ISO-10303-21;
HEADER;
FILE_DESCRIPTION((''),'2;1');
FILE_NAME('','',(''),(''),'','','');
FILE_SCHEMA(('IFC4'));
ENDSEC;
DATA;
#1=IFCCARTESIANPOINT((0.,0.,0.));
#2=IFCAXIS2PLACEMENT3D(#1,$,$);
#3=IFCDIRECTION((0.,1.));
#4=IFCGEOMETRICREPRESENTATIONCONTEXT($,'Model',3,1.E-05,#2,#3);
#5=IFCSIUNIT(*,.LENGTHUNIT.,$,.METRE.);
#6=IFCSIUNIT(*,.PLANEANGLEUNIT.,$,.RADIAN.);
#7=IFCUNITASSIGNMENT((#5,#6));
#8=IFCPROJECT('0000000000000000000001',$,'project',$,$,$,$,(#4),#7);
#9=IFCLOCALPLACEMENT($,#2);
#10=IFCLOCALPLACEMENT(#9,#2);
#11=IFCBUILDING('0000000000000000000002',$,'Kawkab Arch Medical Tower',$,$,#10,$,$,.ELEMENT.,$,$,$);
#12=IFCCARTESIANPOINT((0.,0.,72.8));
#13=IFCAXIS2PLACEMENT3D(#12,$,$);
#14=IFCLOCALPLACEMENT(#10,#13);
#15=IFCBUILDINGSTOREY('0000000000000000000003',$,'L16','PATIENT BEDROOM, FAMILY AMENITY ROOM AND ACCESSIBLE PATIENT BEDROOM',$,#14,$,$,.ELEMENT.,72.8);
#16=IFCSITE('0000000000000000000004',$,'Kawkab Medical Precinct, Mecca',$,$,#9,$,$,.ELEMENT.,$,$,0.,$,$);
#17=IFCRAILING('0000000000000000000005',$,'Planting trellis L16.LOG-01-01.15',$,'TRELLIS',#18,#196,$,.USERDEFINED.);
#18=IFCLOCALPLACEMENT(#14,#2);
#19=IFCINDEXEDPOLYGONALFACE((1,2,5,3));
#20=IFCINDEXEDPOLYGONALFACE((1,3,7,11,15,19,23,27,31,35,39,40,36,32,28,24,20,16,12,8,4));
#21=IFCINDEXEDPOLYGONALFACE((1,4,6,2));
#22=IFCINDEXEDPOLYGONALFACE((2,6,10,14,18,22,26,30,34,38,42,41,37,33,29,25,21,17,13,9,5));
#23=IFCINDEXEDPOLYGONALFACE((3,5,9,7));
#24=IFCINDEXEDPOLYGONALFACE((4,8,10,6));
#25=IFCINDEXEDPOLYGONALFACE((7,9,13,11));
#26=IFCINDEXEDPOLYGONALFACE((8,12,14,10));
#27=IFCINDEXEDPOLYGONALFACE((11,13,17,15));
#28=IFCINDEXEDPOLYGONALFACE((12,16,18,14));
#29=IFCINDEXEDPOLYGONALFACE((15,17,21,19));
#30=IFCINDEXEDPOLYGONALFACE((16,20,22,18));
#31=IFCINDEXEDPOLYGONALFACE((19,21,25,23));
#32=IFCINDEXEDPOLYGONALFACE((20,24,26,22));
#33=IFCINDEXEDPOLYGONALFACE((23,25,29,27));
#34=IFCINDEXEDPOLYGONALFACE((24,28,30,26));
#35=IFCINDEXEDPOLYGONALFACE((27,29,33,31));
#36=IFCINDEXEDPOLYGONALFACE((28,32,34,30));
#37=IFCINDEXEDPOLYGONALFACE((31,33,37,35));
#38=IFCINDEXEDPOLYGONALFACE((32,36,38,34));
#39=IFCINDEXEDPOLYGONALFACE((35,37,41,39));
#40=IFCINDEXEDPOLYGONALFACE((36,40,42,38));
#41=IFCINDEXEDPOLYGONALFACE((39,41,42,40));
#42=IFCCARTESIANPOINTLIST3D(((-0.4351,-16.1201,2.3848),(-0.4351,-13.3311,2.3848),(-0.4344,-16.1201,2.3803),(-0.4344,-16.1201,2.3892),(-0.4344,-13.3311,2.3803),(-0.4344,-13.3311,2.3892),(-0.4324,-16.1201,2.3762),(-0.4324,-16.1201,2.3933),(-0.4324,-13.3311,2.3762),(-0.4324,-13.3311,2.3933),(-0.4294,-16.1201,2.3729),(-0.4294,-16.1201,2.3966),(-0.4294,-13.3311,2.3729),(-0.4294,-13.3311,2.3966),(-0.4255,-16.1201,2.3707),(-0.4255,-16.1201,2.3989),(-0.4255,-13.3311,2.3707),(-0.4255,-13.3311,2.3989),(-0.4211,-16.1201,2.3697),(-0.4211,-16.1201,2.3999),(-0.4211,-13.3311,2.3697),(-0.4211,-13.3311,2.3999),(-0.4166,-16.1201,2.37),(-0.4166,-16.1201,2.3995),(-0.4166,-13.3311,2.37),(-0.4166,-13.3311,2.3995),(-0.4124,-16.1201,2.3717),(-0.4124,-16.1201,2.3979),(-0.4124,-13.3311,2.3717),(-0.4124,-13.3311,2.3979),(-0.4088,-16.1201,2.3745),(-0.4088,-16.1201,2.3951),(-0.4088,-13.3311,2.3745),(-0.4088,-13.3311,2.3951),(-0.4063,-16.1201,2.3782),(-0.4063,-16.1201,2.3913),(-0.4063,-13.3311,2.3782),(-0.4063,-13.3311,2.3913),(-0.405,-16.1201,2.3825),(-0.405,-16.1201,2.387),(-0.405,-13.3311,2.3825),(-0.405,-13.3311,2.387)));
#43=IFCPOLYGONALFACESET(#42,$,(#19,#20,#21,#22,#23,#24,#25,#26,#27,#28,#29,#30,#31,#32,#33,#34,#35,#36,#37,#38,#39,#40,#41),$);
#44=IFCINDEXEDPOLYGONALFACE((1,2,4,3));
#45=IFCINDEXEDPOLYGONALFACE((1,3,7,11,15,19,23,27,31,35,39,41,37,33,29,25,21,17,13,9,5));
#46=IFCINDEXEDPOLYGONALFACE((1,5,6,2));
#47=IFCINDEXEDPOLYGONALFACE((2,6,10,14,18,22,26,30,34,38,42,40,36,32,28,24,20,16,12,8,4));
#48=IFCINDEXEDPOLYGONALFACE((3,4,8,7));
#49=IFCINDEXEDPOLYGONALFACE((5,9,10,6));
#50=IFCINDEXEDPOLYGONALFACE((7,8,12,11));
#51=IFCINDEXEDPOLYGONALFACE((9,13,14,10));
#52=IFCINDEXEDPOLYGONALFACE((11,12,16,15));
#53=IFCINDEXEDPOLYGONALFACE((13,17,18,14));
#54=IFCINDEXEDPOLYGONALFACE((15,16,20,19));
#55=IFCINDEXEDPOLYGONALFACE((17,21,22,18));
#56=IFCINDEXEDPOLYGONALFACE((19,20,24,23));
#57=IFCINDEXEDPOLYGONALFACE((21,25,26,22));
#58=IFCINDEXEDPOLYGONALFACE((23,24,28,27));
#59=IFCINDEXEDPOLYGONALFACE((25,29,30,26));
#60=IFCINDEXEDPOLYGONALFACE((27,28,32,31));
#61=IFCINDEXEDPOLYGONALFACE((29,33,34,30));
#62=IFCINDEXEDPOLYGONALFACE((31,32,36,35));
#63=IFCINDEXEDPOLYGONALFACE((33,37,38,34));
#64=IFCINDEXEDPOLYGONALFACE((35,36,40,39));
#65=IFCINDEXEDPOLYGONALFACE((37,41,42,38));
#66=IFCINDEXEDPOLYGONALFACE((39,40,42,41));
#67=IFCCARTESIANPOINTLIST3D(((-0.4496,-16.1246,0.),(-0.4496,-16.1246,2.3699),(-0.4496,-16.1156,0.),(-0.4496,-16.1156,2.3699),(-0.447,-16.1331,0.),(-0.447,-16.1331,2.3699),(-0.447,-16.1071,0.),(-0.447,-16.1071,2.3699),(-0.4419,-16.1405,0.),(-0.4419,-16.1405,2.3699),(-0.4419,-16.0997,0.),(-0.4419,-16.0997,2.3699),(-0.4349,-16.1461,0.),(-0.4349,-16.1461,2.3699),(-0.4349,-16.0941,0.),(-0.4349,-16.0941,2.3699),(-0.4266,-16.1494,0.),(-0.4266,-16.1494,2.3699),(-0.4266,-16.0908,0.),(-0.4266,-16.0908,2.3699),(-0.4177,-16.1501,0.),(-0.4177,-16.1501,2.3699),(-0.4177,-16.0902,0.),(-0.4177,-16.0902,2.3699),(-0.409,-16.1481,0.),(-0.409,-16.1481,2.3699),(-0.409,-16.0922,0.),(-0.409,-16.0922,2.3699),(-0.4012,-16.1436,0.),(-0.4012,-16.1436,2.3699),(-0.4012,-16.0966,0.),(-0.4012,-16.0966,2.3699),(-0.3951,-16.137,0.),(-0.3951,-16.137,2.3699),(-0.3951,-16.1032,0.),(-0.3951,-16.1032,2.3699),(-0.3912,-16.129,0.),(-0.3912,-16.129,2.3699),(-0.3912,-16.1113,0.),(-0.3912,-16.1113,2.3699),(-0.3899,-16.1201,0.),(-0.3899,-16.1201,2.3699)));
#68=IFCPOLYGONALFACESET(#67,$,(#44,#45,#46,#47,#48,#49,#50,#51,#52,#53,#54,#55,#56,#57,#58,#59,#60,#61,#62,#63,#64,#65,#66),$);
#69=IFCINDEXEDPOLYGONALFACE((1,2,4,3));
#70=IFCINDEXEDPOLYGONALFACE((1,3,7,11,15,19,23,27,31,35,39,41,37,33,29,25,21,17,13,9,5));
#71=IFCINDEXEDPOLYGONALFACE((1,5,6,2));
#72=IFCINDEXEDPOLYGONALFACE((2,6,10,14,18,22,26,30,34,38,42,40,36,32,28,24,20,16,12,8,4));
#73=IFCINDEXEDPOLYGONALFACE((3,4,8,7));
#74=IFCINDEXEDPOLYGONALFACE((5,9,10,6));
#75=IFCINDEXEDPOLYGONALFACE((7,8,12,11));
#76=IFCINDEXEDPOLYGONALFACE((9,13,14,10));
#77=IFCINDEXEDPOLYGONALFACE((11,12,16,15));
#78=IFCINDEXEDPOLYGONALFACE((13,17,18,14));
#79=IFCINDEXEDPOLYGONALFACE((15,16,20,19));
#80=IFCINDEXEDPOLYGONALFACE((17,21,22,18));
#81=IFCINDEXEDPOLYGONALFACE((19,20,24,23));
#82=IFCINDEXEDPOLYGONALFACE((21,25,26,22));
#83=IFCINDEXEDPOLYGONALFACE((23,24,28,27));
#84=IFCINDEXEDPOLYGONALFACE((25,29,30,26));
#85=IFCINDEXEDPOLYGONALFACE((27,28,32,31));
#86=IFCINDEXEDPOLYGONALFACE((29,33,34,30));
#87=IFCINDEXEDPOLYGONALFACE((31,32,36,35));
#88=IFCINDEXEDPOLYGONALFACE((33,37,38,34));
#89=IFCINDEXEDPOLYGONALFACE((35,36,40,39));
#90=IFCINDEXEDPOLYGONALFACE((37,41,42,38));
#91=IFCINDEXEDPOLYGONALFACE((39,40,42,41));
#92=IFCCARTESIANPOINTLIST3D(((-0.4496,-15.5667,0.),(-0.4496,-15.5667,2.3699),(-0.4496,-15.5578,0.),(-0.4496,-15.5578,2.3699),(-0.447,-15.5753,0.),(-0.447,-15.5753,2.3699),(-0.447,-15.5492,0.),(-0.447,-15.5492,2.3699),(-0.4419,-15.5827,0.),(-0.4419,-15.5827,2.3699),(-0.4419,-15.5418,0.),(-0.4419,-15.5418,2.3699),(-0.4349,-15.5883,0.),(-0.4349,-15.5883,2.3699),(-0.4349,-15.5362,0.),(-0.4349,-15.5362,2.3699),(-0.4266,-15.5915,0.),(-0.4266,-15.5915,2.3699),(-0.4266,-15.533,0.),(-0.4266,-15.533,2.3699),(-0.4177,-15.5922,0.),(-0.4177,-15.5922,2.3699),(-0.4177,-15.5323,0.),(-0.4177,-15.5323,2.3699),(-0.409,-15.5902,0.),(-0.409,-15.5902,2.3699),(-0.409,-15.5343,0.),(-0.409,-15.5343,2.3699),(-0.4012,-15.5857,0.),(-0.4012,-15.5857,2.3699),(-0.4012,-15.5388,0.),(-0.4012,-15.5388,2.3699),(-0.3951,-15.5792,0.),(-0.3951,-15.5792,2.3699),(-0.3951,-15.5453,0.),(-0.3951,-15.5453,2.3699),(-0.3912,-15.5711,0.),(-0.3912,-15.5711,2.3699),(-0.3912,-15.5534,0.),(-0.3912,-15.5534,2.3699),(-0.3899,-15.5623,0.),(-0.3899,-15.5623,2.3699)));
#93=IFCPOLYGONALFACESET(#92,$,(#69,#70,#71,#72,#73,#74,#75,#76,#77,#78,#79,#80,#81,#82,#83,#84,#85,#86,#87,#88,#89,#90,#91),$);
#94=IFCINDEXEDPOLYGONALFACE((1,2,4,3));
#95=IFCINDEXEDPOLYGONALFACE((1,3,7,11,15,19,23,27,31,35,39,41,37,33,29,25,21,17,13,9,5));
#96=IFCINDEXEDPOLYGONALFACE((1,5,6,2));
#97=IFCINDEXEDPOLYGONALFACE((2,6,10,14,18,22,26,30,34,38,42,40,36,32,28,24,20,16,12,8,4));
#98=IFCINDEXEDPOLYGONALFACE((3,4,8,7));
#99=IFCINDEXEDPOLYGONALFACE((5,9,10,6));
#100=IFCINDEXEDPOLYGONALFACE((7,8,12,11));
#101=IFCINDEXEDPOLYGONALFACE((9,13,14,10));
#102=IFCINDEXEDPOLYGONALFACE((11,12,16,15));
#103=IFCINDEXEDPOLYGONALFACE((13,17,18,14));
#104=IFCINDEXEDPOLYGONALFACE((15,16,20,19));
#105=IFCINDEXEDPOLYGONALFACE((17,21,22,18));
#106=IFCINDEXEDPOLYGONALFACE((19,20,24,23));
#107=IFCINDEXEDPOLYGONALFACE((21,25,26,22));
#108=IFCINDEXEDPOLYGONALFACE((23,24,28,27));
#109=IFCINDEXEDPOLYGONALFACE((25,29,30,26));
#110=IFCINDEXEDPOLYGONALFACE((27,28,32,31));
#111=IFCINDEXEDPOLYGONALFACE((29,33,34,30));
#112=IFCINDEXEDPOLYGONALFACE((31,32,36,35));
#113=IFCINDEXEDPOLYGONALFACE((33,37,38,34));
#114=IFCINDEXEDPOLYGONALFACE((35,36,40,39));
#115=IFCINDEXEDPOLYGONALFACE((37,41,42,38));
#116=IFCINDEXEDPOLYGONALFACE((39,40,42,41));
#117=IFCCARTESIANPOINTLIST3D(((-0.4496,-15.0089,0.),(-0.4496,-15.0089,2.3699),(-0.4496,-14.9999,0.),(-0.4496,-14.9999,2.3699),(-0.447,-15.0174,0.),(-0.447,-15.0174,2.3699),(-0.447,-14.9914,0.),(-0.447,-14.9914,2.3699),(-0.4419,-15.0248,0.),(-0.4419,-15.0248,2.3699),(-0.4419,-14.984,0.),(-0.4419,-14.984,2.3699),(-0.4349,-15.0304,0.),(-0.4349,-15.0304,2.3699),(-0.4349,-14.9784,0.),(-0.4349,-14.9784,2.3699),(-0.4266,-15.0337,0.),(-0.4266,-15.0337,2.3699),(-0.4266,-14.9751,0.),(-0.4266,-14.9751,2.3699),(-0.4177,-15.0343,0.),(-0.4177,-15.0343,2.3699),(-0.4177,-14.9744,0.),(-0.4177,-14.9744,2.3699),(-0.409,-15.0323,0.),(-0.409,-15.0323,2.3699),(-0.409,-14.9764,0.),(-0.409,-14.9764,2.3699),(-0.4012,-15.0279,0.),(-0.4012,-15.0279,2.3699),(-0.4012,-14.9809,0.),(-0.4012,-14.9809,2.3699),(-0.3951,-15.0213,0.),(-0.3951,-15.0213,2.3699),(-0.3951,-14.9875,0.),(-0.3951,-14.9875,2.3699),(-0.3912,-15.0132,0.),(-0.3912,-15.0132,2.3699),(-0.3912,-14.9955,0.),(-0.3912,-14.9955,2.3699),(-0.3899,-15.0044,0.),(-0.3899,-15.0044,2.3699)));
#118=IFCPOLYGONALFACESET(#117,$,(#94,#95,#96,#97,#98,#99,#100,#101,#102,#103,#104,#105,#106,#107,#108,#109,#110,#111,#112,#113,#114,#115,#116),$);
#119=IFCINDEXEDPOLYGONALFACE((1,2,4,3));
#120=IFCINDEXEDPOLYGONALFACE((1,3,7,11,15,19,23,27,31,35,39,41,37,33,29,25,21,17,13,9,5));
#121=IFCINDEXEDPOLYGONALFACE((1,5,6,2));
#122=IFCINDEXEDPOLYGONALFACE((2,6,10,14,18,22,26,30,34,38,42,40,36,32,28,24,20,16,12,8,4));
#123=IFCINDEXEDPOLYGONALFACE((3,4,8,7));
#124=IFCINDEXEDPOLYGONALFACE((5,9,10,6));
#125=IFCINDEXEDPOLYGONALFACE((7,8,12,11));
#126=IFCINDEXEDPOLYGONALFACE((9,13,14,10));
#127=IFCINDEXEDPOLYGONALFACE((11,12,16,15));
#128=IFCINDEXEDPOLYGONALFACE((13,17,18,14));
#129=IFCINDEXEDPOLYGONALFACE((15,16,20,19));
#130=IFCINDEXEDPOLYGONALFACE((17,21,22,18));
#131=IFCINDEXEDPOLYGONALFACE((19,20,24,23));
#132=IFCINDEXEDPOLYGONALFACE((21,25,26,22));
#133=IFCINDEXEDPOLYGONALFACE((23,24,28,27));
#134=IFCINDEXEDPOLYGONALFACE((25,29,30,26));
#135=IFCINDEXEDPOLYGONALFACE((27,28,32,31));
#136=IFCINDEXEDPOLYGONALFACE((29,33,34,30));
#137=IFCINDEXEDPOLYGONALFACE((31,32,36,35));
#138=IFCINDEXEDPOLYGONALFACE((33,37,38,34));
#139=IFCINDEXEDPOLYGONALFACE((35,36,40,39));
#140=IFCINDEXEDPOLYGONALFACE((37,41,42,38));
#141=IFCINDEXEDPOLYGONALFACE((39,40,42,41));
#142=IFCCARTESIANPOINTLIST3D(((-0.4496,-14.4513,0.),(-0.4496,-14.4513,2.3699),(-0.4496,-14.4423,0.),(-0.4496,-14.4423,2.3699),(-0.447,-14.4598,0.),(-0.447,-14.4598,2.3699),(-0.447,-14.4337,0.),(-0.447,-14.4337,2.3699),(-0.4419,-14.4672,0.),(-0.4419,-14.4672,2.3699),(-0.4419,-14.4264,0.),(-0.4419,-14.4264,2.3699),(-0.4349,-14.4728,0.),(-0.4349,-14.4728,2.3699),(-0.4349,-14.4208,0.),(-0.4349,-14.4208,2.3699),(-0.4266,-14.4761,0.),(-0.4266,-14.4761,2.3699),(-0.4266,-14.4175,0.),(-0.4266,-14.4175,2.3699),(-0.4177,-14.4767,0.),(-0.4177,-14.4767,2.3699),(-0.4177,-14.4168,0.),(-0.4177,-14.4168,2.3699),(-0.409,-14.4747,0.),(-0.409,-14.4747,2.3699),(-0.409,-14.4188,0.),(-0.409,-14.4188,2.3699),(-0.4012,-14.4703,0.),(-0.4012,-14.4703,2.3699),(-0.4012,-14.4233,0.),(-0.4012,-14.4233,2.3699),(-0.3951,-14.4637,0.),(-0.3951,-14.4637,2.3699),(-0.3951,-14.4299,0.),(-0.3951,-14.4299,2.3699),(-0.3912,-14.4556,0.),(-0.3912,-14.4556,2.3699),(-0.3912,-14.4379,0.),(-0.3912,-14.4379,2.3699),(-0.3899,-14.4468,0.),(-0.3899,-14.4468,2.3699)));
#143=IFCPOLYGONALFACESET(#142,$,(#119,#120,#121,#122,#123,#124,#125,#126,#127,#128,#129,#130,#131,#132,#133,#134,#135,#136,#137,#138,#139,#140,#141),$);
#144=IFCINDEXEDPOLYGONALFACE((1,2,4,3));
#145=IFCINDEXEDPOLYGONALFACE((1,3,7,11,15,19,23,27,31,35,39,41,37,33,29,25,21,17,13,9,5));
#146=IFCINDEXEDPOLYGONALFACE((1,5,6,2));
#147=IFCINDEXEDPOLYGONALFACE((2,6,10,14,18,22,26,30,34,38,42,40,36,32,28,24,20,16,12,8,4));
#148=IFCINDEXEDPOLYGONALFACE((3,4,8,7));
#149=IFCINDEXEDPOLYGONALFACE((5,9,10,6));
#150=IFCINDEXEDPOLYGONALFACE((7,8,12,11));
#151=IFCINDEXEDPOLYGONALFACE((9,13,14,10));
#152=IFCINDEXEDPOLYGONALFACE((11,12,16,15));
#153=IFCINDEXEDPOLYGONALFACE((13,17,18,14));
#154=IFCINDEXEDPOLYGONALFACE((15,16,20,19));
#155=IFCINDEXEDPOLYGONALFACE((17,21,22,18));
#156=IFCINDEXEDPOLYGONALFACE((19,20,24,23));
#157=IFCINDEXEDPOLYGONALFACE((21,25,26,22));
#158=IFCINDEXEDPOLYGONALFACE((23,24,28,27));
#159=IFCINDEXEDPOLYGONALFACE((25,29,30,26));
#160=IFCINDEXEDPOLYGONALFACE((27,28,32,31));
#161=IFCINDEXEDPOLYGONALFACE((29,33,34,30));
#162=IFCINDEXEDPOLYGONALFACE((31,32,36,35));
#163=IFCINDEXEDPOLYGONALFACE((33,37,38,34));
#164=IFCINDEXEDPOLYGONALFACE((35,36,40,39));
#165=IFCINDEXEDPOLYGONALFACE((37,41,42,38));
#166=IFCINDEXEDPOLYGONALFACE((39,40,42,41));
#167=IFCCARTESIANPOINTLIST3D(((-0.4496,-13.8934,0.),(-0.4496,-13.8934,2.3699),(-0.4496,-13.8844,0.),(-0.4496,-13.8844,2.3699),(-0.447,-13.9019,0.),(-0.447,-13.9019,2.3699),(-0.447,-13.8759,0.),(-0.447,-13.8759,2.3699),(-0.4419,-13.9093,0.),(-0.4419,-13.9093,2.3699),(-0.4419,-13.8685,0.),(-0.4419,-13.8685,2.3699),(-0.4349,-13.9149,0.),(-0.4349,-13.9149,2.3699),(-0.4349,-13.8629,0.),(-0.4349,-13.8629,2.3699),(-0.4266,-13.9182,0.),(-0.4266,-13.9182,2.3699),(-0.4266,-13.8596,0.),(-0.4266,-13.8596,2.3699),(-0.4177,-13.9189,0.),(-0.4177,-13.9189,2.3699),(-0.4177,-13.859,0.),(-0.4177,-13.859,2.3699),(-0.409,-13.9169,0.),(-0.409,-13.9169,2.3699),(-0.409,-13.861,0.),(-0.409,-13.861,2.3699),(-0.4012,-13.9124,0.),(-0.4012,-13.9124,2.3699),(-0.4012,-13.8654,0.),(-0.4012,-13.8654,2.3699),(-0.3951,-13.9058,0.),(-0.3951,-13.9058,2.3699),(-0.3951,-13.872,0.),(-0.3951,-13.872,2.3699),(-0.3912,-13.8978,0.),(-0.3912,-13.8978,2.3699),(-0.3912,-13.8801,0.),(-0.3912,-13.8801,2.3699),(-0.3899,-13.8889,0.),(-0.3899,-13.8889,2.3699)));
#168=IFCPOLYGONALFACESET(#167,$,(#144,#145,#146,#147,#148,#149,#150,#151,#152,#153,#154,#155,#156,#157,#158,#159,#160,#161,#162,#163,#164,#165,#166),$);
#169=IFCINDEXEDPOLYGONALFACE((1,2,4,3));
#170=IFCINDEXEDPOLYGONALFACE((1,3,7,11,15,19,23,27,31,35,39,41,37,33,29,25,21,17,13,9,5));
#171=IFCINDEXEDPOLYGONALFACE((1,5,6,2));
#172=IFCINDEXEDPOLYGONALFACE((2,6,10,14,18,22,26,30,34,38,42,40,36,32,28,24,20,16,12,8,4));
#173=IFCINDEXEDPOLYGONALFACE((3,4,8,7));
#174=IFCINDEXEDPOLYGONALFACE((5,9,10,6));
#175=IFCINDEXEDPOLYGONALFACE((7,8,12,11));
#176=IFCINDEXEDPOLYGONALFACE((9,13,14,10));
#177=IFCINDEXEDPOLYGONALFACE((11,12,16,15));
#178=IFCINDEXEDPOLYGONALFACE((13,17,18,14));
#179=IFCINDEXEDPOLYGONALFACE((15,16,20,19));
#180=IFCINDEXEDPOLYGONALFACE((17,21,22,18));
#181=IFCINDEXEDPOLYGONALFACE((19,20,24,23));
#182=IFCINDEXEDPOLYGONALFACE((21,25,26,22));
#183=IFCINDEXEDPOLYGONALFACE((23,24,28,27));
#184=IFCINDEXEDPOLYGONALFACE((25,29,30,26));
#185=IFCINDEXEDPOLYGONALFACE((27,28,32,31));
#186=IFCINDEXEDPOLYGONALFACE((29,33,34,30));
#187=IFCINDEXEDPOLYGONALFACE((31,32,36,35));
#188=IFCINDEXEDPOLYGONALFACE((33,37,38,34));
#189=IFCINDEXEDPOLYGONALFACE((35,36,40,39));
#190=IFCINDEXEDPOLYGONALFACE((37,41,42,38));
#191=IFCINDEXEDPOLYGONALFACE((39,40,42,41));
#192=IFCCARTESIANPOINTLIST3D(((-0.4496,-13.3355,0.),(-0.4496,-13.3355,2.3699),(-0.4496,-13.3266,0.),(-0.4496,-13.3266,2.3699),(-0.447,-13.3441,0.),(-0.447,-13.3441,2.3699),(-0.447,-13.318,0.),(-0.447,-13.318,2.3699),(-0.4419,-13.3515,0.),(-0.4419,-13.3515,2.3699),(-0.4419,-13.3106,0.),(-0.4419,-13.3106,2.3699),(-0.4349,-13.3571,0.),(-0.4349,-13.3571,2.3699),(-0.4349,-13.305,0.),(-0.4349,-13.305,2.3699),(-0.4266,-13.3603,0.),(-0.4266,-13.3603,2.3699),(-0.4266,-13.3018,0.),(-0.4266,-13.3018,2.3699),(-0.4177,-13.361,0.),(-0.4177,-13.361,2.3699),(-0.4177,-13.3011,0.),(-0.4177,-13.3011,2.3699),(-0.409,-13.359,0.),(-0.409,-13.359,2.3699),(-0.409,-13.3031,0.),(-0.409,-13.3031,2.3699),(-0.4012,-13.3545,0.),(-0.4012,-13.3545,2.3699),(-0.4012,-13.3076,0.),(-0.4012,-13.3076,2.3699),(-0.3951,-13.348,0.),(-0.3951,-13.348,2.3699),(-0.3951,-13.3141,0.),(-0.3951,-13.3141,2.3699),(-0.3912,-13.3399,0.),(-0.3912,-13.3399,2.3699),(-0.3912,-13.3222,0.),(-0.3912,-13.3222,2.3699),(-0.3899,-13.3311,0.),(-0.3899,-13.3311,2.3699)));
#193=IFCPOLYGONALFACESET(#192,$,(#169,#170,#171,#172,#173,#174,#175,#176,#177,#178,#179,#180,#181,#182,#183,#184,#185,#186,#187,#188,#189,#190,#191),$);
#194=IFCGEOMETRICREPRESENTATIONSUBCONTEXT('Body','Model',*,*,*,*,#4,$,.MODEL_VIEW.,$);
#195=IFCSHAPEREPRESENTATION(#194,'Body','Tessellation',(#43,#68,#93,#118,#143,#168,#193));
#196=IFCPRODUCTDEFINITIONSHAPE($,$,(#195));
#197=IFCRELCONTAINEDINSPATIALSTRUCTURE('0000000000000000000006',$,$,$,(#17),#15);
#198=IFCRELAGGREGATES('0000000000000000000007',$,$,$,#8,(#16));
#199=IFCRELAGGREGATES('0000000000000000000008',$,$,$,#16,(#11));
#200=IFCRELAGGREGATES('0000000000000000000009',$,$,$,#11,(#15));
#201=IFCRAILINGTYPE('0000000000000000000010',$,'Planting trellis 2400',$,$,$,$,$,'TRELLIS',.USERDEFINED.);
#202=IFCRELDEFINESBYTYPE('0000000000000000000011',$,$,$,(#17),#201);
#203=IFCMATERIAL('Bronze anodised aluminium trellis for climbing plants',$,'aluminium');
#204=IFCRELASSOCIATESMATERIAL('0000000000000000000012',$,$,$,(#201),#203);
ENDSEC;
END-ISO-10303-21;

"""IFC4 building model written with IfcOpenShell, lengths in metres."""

from ifc_helpers import new_model, si_unit, direction, frame, origin, origin_2d, place, context, subcontext, project, spatial, circle, extrude, material, type_object, element, save


model = new_model("IFC4")

# Units and contexts
model_context = context("Model", 3, precision=1e-05, world=origin(), true_north=direction((0.0, 1.0)))
body_context = subcontext(model_context, "Body", "Model", "MODEL_VIEW")
ifc_project = project(units=[si_unit("LENGTHUNIT", "METRE"), si_unit("PLANEANGLEUNIT", "RADIAN")], contexts=[model_context])

# Site, building, storey
site_placement = place(None, origin())
site = spatial("IfcSite", under=ifc_project, at=site_placement, Name="Kawkab Medical Precinct, Mecca", CompositionType="ELEMENT", RefElevation=0.0)
building_placement = place(site_placement, origin())
building = spatial("IfcBuilding", under=site, at=building_placement, Name="Kawkab Arch Medical Tower", CompositionType="ELEMENT")
storey_placement = place(building_placement, frame((0.0, 0.0, 72.8)))
storey = spatial("IfcBuildingStorey", under=building, at=storey_placement, Name="L16", Description="PATIENT BEDROOM, FAMILY AMENITY ROOM AND ACCESSIBLE PATIENT BEDROOM", CompositionType="ELEMENT", Elevation=72.8)

# Railing
ifc_material_1 = material(Name="Bronze anodised aluminium trellis for climbing plants", Category="aluminium")
railing_type_1 = type_object("IfcRailingType", Name="Planting trellis 2400", ElementType="TRELLIS", PredefinedType="USERDEFINED", material=ifc_material_1)
railing_1_placement = place(storey_placement, frame((-0.4199, -16.1201, 0.0)))
element("IfcRailing", 1, at=railing_1_placement, inside=storey, type_object=railing_type_1, Name="Planting trellis L16.LOG-01-01.15", ObjectType="TRELLIS", PredefinedType="USERDEFINED", context=body_context, shape_type="SweptSolid", body=[
    extrude(circle(Radius=0.0151, at=origin_2d()), frame((0.0, 0.0, 2.3848), z_axis=(0.0, 1.0, 0.0), x_axis=(-1.0, 0.0, 0.0)), (0.0, 0.0, 1.0), 2.7891),
    extrude(circle(Radius=0.03, at=origin_2d()), origin(), (0.0, 0.0, 1.0), 2.3699),
    extrude(circle(Radius=0.03, at=origin_2d()), frame((0.0, 0.5579, 0.0)), (0.0, 0.0, 1.0), 2.3699),
    extrude(circle(Radius=0.03, at=origin_2d()), frame((0.0, 1.1157, 0.0)), (0.0, 0.0, 1.0), 2.3699),
    extrude(circle(Radius=0.03, at=origin_2d()), frame((0.0, 1.6733, 0.0)), (0.0, 0.0, 1.0), 2.3699),
    extrude(circle(Radius=0.03, at=origin_2d()), frame((0.0, 2.2312, 0.0)), (0.0, 0.0, 1.0), 2.3699),
    extrude(circle(Radius=0.03, at=origin_2d()), frame((0.0, 2.7891, 0.0)), (0.0, 0.0, 1.0), 2.3699),
])

save(model, "model.ifc")
